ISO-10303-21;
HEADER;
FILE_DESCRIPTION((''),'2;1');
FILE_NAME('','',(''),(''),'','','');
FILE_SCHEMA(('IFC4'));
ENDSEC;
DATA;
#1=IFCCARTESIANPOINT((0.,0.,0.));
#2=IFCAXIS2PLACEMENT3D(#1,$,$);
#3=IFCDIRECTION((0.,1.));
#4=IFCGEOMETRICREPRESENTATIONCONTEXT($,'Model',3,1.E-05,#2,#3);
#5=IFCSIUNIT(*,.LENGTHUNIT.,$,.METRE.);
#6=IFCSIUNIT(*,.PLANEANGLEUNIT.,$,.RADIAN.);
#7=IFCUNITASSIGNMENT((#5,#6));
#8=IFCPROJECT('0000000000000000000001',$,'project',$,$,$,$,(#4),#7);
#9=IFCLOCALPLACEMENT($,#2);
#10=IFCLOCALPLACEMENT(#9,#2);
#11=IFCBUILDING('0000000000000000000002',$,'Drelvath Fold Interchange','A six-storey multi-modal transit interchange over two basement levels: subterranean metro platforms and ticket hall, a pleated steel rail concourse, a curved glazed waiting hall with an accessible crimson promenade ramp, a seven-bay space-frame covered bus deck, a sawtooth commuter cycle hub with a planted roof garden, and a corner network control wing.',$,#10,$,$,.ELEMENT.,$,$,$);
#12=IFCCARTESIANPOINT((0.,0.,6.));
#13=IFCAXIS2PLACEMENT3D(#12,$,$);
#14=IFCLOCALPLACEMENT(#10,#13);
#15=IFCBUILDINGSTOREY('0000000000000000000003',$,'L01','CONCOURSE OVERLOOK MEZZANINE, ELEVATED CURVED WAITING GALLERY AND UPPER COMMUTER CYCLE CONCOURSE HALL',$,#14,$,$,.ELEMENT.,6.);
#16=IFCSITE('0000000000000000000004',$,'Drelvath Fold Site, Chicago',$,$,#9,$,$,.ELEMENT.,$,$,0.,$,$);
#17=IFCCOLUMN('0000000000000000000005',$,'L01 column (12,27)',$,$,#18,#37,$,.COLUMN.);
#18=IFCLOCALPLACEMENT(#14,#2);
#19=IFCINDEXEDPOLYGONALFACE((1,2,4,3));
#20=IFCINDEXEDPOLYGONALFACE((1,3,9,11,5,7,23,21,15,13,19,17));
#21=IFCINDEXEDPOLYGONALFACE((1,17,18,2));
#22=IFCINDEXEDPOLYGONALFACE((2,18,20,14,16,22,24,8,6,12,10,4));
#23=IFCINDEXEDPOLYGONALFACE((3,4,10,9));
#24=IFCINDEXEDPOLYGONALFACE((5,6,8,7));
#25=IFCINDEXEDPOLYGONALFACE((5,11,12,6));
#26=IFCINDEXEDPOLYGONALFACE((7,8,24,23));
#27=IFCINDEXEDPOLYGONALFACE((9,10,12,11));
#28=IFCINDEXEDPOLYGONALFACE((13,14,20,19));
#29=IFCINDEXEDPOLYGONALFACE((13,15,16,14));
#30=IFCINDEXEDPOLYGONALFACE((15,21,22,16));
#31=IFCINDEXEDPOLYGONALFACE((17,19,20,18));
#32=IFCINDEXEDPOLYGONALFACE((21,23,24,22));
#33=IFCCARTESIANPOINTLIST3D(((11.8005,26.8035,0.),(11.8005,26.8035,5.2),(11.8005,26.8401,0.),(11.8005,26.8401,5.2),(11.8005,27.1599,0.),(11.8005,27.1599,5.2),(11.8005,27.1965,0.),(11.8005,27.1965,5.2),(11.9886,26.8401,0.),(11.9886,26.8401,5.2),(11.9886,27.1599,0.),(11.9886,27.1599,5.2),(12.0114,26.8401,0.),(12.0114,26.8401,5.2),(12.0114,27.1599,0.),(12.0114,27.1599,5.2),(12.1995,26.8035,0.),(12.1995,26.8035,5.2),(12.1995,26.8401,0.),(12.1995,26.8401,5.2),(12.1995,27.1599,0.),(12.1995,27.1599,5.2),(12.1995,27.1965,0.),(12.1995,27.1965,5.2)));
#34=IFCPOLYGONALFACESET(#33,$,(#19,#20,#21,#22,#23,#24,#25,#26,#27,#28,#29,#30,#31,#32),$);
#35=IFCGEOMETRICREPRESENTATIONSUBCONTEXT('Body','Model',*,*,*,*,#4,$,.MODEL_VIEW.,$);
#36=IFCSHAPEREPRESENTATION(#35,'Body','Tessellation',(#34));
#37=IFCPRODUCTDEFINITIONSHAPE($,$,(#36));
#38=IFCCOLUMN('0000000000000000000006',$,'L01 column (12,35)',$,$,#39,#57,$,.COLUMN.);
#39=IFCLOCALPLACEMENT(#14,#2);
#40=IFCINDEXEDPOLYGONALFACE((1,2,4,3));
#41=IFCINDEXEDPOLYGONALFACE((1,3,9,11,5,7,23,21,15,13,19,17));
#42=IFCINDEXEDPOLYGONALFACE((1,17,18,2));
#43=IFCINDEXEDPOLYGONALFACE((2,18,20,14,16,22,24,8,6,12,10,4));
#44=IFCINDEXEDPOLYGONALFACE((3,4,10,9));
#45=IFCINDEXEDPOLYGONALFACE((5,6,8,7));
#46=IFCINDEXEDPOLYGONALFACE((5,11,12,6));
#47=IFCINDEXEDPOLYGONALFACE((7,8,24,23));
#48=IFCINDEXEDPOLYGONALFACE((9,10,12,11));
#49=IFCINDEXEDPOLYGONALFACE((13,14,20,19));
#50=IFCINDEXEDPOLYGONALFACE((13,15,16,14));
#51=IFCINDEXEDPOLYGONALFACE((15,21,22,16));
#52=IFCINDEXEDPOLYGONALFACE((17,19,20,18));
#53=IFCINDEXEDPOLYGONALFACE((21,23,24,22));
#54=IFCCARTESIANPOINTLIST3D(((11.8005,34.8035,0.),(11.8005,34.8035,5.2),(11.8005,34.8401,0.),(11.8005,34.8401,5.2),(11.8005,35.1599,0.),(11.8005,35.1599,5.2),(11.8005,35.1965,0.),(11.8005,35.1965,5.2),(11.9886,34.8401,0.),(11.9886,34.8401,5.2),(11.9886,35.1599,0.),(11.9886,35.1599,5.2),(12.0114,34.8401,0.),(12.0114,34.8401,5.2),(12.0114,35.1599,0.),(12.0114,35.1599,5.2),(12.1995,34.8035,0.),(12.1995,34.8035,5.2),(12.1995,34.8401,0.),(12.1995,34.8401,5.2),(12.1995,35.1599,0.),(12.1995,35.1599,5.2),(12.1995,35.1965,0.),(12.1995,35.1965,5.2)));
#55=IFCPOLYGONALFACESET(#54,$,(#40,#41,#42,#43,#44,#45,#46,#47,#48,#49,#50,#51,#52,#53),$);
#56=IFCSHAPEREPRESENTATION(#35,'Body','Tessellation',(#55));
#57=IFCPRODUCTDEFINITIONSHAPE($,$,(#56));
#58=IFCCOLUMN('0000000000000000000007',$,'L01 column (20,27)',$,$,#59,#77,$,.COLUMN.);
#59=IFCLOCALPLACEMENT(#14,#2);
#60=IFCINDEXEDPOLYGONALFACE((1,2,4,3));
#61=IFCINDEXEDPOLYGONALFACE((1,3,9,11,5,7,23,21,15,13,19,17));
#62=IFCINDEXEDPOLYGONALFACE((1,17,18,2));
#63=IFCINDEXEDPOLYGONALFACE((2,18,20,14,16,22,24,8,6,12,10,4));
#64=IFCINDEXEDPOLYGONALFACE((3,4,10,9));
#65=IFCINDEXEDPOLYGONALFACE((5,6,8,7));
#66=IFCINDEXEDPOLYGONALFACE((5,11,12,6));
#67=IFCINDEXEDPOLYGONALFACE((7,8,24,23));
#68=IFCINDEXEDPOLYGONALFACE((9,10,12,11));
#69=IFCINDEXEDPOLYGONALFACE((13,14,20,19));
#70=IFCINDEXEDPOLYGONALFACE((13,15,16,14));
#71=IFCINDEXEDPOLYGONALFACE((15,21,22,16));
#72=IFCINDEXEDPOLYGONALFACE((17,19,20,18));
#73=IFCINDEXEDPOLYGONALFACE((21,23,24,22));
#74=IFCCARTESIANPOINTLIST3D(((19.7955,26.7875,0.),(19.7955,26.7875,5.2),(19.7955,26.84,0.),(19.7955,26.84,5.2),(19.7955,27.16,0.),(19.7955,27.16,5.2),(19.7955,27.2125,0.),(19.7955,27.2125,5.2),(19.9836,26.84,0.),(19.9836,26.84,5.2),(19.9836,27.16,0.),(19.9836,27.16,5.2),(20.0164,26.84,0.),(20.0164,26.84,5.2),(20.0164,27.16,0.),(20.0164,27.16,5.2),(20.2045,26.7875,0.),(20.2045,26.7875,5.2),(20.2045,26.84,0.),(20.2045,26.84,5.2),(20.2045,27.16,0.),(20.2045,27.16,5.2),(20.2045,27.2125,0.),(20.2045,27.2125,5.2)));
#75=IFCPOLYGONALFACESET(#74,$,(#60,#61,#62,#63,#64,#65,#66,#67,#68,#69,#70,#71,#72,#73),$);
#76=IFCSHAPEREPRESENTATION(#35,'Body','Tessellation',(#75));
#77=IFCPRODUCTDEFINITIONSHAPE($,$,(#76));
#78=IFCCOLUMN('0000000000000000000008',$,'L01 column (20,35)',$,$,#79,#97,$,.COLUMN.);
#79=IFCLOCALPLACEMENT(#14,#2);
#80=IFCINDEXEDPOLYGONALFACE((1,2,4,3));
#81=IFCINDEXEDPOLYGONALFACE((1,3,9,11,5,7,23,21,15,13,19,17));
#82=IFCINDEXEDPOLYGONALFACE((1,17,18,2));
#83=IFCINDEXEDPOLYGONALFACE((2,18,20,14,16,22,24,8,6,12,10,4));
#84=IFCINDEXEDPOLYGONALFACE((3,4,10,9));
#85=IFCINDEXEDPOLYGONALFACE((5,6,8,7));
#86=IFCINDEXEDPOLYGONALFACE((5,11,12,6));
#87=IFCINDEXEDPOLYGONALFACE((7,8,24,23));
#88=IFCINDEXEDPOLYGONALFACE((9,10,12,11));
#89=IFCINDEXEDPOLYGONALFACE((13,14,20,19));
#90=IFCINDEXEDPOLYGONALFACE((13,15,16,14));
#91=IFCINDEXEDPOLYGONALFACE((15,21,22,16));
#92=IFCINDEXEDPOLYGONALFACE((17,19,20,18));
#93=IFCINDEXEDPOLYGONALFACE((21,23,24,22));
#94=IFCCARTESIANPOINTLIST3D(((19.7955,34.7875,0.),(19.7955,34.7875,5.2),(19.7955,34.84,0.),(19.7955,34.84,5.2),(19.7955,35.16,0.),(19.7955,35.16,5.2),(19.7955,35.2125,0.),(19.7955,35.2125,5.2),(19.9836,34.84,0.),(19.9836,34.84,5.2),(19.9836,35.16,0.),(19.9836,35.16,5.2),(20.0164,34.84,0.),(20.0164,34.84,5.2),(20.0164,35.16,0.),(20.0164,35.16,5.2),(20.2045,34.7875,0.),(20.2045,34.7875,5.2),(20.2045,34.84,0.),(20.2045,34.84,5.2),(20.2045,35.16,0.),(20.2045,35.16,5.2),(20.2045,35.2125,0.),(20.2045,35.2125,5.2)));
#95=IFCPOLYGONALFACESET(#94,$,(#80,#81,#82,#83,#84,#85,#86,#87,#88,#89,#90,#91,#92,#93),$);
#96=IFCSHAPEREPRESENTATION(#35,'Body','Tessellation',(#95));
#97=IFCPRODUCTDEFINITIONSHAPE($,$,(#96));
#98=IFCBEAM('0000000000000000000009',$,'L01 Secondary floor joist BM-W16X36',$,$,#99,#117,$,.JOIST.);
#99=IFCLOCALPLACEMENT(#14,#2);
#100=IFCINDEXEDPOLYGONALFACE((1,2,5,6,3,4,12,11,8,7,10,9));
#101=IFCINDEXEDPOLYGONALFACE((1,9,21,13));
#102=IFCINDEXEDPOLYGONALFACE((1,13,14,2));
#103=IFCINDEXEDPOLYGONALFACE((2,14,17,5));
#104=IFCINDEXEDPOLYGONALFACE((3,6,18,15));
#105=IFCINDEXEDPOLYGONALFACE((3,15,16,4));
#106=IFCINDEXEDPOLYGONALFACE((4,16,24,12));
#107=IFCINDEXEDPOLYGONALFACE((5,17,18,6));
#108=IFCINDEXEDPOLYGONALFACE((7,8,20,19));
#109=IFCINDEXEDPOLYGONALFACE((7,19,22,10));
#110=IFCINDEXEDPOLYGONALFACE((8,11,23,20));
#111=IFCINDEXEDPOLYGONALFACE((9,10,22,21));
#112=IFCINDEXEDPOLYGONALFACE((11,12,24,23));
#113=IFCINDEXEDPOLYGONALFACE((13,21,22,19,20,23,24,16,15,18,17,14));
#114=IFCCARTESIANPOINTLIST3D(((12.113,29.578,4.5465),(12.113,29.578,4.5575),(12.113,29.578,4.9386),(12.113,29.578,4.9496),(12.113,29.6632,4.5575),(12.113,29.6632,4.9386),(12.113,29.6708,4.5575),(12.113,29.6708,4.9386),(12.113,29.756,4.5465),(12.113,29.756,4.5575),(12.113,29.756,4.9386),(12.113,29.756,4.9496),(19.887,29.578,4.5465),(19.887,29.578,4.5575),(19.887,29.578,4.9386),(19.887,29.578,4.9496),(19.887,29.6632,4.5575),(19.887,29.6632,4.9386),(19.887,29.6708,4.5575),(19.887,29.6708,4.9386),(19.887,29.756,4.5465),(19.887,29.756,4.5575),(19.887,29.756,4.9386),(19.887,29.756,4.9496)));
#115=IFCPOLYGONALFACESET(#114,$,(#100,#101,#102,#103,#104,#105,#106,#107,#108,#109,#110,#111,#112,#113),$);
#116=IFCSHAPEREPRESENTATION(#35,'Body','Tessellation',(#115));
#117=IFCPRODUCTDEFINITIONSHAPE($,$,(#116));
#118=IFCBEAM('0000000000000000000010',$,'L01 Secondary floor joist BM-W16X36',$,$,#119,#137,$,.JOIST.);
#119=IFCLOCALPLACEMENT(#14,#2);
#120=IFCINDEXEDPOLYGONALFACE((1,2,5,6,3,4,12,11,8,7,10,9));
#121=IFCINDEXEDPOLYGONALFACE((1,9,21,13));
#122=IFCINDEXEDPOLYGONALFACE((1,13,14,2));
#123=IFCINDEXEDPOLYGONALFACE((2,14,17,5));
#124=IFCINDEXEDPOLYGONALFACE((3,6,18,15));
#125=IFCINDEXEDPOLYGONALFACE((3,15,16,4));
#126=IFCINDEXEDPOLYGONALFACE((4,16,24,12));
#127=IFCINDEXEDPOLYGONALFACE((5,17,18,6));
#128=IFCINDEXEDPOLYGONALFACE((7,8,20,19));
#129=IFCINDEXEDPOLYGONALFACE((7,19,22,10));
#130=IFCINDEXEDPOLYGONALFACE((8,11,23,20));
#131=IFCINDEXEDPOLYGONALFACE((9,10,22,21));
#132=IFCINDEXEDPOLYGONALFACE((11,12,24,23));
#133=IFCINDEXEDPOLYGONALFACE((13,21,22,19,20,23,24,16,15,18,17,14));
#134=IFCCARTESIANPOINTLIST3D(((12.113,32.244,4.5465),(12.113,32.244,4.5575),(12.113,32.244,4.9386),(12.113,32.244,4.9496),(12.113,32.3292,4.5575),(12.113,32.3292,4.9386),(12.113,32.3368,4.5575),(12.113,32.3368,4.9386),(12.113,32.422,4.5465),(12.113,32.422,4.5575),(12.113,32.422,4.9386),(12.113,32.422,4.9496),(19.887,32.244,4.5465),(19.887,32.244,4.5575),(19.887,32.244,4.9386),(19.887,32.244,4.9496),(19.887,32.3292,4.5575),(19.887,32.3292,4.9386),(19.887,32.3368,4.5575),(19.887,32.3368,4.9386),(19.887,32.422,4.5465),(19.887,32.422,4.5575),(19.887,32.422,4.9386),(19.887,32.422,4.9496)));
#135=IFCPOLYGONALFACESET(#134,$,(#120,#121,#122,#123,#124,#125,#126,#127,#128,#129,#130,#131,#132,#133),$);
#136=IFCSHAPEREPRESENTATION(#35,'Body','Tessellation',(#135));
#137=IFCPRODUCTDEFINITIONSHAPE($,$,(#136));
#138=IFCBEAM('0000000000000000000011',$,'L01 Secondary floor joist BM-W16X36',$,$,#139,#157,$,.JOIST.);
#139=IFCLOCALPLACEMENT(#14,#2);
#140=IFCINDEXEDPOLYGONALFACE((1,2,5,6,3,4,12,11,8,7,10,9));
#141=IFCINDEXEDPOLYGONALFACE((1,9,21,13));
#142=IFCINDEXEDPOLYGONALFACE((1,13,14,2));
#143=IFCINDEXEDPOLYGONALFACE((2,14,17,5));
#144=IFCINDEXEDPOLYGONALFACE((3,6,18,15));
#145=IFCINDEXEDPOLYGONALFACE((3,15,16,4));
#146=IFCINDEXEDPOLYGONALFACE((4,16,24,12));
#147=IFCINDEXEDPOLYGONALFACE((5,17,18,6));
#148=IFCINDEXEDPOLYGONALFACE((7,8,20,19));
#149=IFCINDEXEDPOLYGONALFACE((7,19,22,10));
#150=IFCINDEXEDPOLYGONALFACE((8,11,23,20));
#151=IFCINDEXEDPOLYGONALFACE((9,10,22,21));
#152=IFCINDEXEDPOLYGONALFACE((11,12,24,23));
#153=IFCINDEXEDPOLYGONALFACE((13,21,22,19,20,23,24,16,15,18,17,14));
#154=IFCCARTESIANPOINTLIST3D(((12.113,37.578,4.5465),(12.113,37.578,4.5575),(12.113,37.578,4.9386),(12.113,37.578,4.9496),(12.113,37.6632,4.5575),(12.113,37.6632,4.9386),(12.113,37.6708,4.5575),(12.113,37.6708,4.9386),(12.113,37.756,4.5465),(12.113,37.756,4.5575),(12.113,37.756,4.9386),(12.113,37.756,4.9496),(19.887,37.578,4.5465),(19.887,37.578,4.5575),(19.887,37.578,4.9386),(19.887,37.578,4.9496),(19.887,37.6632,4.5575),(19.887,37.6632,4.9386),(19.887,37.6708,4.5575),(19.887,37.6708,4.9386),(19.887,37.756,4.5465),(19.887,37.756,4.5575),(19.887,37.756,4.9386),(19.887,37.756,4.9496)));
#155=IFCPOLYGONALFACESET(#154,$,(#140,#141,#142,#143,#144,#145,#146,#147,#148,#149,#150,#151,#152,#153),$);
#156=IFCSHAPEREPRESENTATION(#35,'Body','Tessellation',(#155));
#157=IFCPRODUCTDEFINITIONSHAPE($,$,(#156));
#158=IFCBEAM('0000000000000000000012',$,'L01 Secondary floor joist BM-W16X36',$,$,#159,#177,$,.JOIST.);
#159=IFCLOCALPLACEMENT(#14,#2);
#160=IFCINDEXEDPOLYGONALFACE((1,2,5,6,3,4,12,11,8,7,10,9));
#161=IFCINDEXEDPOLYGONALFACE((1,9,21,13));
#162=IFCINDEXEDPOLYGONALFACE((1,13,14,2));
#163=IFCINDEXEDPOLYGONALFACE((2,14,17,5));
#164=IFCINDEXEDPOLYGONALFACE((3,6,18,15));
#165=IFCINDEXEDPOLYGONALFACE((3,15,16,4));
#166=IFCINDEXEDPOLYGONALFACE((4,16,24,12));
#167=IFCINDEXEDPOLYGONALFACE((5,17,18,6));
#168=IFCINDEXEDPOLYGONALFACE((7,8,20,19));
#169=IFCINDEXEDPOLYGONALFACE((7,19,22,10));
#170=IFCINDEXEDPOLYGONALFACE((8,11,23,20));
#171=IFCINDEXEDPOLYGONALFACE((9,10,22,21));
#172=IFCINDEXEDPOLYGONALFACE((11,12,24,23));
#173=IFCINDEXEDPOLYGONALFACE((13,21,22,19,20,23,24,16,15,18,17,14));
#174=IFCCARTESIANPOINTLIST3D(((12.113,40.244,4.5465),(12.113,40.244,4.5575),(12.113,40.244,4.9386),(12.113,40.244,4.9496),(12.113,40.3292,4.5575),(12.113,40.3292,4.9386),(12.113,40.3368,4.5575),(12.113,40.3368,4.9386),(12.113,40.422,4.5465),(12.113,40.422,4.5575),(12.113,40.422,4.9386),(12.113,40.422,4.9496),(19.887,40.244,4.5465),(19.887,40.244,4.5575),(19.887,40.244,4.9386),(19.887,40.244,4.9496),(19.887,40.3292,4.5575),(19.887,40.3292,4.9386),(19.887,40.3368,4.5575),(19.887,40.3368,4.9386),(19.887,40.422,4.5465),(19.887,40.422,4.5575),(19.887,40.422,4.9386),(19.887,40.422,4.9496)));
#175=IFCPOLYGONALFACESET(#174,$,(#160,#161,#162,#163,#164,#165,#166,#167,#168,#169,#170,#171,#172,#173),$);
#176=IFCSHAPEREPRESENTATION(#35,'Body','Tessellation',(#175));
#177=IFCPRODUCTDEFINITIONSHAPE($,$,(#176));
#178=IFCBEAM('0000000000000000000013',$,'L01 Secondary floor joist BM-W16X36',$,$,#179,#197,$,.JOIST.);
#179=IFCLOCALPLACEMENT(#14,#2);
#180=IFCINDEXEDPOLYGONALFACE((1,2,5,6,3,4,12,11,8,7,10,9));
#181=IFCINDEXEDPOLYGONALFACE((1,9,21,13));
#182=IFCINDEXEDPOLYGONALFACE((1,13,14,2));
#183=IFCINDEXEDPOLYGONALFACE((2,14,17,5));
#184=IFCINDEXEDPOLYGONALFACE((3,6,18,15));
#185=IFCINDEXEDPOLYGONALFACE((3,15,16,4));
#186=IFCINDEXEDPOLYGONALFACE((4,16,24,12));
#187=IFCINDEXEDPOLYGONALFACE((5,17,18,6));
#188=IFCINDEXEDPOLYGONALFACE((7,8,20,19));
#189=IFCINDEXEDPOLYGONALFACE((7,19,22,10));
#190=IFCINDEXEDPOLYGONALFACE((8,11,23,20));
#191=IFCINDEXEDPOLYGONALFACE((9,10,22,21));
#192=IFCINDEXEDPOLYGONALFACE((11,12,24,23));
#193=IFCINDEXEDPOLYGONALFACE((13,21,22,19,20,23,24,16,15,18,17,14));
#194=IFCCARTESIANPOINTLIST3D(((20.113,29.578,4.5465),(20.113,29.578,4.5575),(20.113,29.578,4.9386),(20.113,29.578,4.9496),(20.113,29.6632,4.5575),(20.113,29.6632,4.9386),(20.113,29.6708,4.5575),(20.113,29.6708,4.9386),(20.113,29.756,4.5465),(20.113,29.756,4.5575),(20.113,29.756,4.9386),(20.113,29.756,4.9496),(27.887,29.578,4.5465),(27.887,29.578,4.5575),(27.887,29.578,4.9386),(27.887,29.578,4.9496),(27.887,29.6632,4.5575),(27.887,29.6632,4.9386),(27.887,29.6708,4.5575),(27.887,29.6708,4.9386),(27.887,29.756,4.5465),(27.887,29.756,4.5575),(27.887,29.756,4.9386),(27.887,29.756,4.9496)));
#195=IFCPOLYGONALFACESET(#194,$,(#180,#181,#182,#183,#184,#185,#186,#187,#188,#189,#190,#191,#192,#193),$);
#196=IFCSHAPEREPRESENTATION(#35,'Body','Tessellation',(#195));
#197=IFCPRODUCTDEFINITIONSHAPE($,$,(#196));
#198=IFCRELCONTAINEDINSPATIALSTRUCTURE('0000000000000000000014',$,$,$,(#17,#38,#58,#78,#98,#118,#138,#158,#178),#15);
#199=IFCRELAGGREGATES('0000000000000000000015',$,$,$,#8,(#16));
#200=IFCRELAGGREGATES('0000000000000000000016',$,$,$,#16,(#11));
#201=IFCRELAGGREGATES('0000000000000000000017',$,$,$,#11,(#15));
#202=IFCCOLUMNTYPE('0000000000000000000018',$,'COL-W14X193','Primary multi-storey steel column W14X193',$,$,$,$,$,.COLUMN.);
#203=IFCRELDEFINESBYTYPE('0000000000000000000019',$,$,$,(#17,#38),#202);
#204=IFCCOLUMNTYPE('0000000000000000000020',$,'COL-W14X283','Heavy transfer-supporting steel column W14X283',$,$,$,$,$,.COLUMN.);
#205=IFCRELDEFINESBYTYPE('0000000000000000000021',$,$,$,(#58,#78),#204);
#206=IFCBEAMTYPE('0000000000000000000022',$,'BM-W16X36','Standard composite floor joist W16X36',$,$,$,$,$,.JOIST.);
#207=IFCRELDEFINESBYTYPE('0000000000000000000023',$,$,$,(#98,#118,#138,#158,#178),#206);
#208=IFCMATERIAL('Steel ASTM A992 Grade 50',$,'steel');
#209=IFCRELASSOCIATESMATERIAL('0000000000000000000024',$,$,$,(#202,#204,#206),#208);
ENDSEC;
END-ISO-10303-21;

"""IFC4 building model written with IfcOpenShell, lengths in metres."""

from ifc_helpers import new_model, si_unit, direction, frame, origin, origin_2d, place, context, subcontext, project, spatial, i_section, extrude, material, material_profile, profile_set, type_object, element, save


model = new_model("IFC4")

# Units and contexts
model_context = context("Model", 3, precision=1e-05, world=origin(), true_north=direction((0.0, 1.0)))
body_context = subcontext(model_context, "Body", "Model", "MODEL_VIEW")
ifc_project = project(units=[si_unit("LENGTHUNIT", "METRE"), si_unit("PLANEANGLEUNIT", "RADIAN")], contexts=[model_context])

# Site, building, storey
site_placement = place(None, origin())
site = spatial("IfcSite", under=ifc_project, at=site_placement, Name="Drelvath Fold Site, Chicago", CompositionType="ELEMENT", RefElevation=0.0)
building_placement = place(site_placement, origin())
building = spatial("IfcBuilding", under=site, at=building_placement, Name="Drelvath Fold Interchange", Description="A six-storey multi-modal transit interchange over two basement levels: subterranean metro platforms and ticket hall, a pleated steel rail concourse, a curved glazed waiting hall with an accessible crimson promenade ramp, a seven-bay space-frame covered bus deck, a sawtooth commuter cycle hub with a planted roof garden, and a corner network control wing.", CompositionType="ELEMENT")
storey_placement = place(building_placement, frame((0.0, 0.0, 6.0)))
storey = spatial("IfcBuildingStorey", under=building, at=storey_placement, Name="L01", Description="CONCOURSE OVERLOOK MEZZANINE, ELEVATED CURVED WAITING GALLERY AND UPPER COMMUTER CYCLE CONCOURSE HALL", CompositionType="ELEMENT", Elevation=6.0)

# Columns
ifc_material_1 = material(Name="Steel ASTM A992 Grade 50", Category="steel")
ifc_material_profile_1 = material_profile(ifc_material_1, i_section(OverallWidth=0.3989, OverallDepth=0.3931, WebThickness=0.0227, FlangeThickness=0.0366, at=origin_2d()), Name="W14X193")
ifc_profile_set_1 = profile_set([ifc_material_profile_1], Name="Steel ASTM A992 Grade 50")
column_type_1 = type_object("IfcColumnType", Name="COL-W14X193", Description="Primary multi-storey steel column W14X193", PredefinedType="COLUMN", material=ifc_profile_set_1)
for number, where, z_axis, x_axis, name in (
    (1, (12.0, 27.0, 0.0), (0.0, 0.0, 1.0), (1.0, 0.0, 0.0), "L01 column (12,27)"),
    (2, (12.0, 35.0, 0.0), (0.0, 0.0, 1.0), (1.0, 0.0, 0.0), "L01 column (12,35)"),
):
    element("IfcColumn", number, at=place(storey_placement, frame(where, z_axis=z_axis, x_axis=x_axis)), inside=storey, type_object=column_type_1, Name=name, PredefinedType="COLUMN", context=body_context, shape_type="SweptSolid", body=[
        extrude(i_section(OverallWidth=0.3989, OverallDepth=0.3931, WebThickness=0.0227, FlangeThickness=0.0366, at=origin_2d()), origin(), (0.0, 0.0, 1.0), 5.2),
    ])
ifc_material_profile_2 = material_profile(ifc_material_1, i_section(OverallWidth=0.4089, OverallDepth=0.425, WebThickness=0.0327, FlangeThickness=0.0525, at=origin_2d()), Name="W14X283")
ifc_profile_set_2 = profile_set([ifc_material_profile_2], Name="Steel ASTM A992 Grade 50")
column_type_2 = type_object("IfcColumnType", Name="COL-W14X283", Description="Heavy transfer-supporting steel column W14X283", PredefinedType="COLUMN", material=ifc_profile_set_2)
for number, where, z_axis, x_axis, name in (
    (3, (20.0, 27.0, 0.0), (0.0, 0.0, 1.0), (1.0, 0.0, 0.0), "L01 column (20,27)"),
    (4, (20.0, 35.0, 0.0), (0.0, 0.0, 1.0), (1.0, 0.0, 0.0), "L01 column (20,35)"),
):
    element("IfcColumn", number, at=place(storey_placement, frame(where, z_axis=z_axis, x_axis=x_axis)), inside=storey, type_object=column_type_2, Name=name, PredefinedType="COLUMN", context=body_context, shape_type="SweptSolid", body=[
        extrude(i_section(OverallWidth=0.4089, OverallDepth=0.425, WebThickness=0.0327, FlangeThickness=0.0525, at=origin_2d()), origin(), (0.0, 0.0, 1.0), 5.2),
    ])

# Beams
ifc_material_profile_3 = material_profile(ifc_material_1, i_section(OverallWidth=0.178, OverallDepth=0.4031, WebThickness=0.0076, FlangeThickness=0.011, at=origin_2d()), Name="W16X36")
ifc_profile_set_3 = profile_set([ifc_material_profile_3], Name="Steel ASTM A992 Grade 50")
beam_type_1 = type_object("IfcBeamType", Name="BM-W16X36", Description="Standard composite floor joist W16X36", PredefinedType="JOIST", material=ifc_profile_set_3)
for number, where, z_axis, x_axis, name in (
    (5, (12.113, 29.667, 4.748), (1.0, 0.0, 0.0), (0.0, 1.0, 0.0), "L01 Secondary floor joist BM-W16X36"),
    (6, (12.113, 32.333, 4.748), (1.0, 0.0, 0.0), (0.0, 1.0, 0.0), "L01 Secondary floor joist BM-W16X36"),
    (7, (12.113, 37.667, 4.748), (1.0, 0.0, 0.0), (0.0, 1.0, 0.0), "L01 Secondary floor joist BM-W16X36"),
    (8, (12.113, 40.333, 4.748), (1.0, 0.0, 0.0), (0.0, 1.0, 0.0), "L01 Secondary floor joist BM-W16X36"),
    (9, (20.113, 29.667, 4.748), (1.0, 0.0, 0.0), (0.0, 1.0, 0.0), "L01 Secondary floor joist BM-W16X36"),
):
    element("IfcBeam", number, at=place(storey_placement, frame(where, z_axis=z_axis, x_axis=x_axis)), inside=storey, type_object=beam_type_1, Name=name, PredefinedType="JOIST", context=body_context, shape_type="SweptSolid", body=[
        extrude(i_section(OverallWidth=0.178, OverallDepth=0.4031, WebThickness=0.0076, FlangeThickness=0.011, at=origin_2d()), origin(), (0.0, 0.0, 1.0), 7.7739),
    ])

save(model, "model.ifc")
